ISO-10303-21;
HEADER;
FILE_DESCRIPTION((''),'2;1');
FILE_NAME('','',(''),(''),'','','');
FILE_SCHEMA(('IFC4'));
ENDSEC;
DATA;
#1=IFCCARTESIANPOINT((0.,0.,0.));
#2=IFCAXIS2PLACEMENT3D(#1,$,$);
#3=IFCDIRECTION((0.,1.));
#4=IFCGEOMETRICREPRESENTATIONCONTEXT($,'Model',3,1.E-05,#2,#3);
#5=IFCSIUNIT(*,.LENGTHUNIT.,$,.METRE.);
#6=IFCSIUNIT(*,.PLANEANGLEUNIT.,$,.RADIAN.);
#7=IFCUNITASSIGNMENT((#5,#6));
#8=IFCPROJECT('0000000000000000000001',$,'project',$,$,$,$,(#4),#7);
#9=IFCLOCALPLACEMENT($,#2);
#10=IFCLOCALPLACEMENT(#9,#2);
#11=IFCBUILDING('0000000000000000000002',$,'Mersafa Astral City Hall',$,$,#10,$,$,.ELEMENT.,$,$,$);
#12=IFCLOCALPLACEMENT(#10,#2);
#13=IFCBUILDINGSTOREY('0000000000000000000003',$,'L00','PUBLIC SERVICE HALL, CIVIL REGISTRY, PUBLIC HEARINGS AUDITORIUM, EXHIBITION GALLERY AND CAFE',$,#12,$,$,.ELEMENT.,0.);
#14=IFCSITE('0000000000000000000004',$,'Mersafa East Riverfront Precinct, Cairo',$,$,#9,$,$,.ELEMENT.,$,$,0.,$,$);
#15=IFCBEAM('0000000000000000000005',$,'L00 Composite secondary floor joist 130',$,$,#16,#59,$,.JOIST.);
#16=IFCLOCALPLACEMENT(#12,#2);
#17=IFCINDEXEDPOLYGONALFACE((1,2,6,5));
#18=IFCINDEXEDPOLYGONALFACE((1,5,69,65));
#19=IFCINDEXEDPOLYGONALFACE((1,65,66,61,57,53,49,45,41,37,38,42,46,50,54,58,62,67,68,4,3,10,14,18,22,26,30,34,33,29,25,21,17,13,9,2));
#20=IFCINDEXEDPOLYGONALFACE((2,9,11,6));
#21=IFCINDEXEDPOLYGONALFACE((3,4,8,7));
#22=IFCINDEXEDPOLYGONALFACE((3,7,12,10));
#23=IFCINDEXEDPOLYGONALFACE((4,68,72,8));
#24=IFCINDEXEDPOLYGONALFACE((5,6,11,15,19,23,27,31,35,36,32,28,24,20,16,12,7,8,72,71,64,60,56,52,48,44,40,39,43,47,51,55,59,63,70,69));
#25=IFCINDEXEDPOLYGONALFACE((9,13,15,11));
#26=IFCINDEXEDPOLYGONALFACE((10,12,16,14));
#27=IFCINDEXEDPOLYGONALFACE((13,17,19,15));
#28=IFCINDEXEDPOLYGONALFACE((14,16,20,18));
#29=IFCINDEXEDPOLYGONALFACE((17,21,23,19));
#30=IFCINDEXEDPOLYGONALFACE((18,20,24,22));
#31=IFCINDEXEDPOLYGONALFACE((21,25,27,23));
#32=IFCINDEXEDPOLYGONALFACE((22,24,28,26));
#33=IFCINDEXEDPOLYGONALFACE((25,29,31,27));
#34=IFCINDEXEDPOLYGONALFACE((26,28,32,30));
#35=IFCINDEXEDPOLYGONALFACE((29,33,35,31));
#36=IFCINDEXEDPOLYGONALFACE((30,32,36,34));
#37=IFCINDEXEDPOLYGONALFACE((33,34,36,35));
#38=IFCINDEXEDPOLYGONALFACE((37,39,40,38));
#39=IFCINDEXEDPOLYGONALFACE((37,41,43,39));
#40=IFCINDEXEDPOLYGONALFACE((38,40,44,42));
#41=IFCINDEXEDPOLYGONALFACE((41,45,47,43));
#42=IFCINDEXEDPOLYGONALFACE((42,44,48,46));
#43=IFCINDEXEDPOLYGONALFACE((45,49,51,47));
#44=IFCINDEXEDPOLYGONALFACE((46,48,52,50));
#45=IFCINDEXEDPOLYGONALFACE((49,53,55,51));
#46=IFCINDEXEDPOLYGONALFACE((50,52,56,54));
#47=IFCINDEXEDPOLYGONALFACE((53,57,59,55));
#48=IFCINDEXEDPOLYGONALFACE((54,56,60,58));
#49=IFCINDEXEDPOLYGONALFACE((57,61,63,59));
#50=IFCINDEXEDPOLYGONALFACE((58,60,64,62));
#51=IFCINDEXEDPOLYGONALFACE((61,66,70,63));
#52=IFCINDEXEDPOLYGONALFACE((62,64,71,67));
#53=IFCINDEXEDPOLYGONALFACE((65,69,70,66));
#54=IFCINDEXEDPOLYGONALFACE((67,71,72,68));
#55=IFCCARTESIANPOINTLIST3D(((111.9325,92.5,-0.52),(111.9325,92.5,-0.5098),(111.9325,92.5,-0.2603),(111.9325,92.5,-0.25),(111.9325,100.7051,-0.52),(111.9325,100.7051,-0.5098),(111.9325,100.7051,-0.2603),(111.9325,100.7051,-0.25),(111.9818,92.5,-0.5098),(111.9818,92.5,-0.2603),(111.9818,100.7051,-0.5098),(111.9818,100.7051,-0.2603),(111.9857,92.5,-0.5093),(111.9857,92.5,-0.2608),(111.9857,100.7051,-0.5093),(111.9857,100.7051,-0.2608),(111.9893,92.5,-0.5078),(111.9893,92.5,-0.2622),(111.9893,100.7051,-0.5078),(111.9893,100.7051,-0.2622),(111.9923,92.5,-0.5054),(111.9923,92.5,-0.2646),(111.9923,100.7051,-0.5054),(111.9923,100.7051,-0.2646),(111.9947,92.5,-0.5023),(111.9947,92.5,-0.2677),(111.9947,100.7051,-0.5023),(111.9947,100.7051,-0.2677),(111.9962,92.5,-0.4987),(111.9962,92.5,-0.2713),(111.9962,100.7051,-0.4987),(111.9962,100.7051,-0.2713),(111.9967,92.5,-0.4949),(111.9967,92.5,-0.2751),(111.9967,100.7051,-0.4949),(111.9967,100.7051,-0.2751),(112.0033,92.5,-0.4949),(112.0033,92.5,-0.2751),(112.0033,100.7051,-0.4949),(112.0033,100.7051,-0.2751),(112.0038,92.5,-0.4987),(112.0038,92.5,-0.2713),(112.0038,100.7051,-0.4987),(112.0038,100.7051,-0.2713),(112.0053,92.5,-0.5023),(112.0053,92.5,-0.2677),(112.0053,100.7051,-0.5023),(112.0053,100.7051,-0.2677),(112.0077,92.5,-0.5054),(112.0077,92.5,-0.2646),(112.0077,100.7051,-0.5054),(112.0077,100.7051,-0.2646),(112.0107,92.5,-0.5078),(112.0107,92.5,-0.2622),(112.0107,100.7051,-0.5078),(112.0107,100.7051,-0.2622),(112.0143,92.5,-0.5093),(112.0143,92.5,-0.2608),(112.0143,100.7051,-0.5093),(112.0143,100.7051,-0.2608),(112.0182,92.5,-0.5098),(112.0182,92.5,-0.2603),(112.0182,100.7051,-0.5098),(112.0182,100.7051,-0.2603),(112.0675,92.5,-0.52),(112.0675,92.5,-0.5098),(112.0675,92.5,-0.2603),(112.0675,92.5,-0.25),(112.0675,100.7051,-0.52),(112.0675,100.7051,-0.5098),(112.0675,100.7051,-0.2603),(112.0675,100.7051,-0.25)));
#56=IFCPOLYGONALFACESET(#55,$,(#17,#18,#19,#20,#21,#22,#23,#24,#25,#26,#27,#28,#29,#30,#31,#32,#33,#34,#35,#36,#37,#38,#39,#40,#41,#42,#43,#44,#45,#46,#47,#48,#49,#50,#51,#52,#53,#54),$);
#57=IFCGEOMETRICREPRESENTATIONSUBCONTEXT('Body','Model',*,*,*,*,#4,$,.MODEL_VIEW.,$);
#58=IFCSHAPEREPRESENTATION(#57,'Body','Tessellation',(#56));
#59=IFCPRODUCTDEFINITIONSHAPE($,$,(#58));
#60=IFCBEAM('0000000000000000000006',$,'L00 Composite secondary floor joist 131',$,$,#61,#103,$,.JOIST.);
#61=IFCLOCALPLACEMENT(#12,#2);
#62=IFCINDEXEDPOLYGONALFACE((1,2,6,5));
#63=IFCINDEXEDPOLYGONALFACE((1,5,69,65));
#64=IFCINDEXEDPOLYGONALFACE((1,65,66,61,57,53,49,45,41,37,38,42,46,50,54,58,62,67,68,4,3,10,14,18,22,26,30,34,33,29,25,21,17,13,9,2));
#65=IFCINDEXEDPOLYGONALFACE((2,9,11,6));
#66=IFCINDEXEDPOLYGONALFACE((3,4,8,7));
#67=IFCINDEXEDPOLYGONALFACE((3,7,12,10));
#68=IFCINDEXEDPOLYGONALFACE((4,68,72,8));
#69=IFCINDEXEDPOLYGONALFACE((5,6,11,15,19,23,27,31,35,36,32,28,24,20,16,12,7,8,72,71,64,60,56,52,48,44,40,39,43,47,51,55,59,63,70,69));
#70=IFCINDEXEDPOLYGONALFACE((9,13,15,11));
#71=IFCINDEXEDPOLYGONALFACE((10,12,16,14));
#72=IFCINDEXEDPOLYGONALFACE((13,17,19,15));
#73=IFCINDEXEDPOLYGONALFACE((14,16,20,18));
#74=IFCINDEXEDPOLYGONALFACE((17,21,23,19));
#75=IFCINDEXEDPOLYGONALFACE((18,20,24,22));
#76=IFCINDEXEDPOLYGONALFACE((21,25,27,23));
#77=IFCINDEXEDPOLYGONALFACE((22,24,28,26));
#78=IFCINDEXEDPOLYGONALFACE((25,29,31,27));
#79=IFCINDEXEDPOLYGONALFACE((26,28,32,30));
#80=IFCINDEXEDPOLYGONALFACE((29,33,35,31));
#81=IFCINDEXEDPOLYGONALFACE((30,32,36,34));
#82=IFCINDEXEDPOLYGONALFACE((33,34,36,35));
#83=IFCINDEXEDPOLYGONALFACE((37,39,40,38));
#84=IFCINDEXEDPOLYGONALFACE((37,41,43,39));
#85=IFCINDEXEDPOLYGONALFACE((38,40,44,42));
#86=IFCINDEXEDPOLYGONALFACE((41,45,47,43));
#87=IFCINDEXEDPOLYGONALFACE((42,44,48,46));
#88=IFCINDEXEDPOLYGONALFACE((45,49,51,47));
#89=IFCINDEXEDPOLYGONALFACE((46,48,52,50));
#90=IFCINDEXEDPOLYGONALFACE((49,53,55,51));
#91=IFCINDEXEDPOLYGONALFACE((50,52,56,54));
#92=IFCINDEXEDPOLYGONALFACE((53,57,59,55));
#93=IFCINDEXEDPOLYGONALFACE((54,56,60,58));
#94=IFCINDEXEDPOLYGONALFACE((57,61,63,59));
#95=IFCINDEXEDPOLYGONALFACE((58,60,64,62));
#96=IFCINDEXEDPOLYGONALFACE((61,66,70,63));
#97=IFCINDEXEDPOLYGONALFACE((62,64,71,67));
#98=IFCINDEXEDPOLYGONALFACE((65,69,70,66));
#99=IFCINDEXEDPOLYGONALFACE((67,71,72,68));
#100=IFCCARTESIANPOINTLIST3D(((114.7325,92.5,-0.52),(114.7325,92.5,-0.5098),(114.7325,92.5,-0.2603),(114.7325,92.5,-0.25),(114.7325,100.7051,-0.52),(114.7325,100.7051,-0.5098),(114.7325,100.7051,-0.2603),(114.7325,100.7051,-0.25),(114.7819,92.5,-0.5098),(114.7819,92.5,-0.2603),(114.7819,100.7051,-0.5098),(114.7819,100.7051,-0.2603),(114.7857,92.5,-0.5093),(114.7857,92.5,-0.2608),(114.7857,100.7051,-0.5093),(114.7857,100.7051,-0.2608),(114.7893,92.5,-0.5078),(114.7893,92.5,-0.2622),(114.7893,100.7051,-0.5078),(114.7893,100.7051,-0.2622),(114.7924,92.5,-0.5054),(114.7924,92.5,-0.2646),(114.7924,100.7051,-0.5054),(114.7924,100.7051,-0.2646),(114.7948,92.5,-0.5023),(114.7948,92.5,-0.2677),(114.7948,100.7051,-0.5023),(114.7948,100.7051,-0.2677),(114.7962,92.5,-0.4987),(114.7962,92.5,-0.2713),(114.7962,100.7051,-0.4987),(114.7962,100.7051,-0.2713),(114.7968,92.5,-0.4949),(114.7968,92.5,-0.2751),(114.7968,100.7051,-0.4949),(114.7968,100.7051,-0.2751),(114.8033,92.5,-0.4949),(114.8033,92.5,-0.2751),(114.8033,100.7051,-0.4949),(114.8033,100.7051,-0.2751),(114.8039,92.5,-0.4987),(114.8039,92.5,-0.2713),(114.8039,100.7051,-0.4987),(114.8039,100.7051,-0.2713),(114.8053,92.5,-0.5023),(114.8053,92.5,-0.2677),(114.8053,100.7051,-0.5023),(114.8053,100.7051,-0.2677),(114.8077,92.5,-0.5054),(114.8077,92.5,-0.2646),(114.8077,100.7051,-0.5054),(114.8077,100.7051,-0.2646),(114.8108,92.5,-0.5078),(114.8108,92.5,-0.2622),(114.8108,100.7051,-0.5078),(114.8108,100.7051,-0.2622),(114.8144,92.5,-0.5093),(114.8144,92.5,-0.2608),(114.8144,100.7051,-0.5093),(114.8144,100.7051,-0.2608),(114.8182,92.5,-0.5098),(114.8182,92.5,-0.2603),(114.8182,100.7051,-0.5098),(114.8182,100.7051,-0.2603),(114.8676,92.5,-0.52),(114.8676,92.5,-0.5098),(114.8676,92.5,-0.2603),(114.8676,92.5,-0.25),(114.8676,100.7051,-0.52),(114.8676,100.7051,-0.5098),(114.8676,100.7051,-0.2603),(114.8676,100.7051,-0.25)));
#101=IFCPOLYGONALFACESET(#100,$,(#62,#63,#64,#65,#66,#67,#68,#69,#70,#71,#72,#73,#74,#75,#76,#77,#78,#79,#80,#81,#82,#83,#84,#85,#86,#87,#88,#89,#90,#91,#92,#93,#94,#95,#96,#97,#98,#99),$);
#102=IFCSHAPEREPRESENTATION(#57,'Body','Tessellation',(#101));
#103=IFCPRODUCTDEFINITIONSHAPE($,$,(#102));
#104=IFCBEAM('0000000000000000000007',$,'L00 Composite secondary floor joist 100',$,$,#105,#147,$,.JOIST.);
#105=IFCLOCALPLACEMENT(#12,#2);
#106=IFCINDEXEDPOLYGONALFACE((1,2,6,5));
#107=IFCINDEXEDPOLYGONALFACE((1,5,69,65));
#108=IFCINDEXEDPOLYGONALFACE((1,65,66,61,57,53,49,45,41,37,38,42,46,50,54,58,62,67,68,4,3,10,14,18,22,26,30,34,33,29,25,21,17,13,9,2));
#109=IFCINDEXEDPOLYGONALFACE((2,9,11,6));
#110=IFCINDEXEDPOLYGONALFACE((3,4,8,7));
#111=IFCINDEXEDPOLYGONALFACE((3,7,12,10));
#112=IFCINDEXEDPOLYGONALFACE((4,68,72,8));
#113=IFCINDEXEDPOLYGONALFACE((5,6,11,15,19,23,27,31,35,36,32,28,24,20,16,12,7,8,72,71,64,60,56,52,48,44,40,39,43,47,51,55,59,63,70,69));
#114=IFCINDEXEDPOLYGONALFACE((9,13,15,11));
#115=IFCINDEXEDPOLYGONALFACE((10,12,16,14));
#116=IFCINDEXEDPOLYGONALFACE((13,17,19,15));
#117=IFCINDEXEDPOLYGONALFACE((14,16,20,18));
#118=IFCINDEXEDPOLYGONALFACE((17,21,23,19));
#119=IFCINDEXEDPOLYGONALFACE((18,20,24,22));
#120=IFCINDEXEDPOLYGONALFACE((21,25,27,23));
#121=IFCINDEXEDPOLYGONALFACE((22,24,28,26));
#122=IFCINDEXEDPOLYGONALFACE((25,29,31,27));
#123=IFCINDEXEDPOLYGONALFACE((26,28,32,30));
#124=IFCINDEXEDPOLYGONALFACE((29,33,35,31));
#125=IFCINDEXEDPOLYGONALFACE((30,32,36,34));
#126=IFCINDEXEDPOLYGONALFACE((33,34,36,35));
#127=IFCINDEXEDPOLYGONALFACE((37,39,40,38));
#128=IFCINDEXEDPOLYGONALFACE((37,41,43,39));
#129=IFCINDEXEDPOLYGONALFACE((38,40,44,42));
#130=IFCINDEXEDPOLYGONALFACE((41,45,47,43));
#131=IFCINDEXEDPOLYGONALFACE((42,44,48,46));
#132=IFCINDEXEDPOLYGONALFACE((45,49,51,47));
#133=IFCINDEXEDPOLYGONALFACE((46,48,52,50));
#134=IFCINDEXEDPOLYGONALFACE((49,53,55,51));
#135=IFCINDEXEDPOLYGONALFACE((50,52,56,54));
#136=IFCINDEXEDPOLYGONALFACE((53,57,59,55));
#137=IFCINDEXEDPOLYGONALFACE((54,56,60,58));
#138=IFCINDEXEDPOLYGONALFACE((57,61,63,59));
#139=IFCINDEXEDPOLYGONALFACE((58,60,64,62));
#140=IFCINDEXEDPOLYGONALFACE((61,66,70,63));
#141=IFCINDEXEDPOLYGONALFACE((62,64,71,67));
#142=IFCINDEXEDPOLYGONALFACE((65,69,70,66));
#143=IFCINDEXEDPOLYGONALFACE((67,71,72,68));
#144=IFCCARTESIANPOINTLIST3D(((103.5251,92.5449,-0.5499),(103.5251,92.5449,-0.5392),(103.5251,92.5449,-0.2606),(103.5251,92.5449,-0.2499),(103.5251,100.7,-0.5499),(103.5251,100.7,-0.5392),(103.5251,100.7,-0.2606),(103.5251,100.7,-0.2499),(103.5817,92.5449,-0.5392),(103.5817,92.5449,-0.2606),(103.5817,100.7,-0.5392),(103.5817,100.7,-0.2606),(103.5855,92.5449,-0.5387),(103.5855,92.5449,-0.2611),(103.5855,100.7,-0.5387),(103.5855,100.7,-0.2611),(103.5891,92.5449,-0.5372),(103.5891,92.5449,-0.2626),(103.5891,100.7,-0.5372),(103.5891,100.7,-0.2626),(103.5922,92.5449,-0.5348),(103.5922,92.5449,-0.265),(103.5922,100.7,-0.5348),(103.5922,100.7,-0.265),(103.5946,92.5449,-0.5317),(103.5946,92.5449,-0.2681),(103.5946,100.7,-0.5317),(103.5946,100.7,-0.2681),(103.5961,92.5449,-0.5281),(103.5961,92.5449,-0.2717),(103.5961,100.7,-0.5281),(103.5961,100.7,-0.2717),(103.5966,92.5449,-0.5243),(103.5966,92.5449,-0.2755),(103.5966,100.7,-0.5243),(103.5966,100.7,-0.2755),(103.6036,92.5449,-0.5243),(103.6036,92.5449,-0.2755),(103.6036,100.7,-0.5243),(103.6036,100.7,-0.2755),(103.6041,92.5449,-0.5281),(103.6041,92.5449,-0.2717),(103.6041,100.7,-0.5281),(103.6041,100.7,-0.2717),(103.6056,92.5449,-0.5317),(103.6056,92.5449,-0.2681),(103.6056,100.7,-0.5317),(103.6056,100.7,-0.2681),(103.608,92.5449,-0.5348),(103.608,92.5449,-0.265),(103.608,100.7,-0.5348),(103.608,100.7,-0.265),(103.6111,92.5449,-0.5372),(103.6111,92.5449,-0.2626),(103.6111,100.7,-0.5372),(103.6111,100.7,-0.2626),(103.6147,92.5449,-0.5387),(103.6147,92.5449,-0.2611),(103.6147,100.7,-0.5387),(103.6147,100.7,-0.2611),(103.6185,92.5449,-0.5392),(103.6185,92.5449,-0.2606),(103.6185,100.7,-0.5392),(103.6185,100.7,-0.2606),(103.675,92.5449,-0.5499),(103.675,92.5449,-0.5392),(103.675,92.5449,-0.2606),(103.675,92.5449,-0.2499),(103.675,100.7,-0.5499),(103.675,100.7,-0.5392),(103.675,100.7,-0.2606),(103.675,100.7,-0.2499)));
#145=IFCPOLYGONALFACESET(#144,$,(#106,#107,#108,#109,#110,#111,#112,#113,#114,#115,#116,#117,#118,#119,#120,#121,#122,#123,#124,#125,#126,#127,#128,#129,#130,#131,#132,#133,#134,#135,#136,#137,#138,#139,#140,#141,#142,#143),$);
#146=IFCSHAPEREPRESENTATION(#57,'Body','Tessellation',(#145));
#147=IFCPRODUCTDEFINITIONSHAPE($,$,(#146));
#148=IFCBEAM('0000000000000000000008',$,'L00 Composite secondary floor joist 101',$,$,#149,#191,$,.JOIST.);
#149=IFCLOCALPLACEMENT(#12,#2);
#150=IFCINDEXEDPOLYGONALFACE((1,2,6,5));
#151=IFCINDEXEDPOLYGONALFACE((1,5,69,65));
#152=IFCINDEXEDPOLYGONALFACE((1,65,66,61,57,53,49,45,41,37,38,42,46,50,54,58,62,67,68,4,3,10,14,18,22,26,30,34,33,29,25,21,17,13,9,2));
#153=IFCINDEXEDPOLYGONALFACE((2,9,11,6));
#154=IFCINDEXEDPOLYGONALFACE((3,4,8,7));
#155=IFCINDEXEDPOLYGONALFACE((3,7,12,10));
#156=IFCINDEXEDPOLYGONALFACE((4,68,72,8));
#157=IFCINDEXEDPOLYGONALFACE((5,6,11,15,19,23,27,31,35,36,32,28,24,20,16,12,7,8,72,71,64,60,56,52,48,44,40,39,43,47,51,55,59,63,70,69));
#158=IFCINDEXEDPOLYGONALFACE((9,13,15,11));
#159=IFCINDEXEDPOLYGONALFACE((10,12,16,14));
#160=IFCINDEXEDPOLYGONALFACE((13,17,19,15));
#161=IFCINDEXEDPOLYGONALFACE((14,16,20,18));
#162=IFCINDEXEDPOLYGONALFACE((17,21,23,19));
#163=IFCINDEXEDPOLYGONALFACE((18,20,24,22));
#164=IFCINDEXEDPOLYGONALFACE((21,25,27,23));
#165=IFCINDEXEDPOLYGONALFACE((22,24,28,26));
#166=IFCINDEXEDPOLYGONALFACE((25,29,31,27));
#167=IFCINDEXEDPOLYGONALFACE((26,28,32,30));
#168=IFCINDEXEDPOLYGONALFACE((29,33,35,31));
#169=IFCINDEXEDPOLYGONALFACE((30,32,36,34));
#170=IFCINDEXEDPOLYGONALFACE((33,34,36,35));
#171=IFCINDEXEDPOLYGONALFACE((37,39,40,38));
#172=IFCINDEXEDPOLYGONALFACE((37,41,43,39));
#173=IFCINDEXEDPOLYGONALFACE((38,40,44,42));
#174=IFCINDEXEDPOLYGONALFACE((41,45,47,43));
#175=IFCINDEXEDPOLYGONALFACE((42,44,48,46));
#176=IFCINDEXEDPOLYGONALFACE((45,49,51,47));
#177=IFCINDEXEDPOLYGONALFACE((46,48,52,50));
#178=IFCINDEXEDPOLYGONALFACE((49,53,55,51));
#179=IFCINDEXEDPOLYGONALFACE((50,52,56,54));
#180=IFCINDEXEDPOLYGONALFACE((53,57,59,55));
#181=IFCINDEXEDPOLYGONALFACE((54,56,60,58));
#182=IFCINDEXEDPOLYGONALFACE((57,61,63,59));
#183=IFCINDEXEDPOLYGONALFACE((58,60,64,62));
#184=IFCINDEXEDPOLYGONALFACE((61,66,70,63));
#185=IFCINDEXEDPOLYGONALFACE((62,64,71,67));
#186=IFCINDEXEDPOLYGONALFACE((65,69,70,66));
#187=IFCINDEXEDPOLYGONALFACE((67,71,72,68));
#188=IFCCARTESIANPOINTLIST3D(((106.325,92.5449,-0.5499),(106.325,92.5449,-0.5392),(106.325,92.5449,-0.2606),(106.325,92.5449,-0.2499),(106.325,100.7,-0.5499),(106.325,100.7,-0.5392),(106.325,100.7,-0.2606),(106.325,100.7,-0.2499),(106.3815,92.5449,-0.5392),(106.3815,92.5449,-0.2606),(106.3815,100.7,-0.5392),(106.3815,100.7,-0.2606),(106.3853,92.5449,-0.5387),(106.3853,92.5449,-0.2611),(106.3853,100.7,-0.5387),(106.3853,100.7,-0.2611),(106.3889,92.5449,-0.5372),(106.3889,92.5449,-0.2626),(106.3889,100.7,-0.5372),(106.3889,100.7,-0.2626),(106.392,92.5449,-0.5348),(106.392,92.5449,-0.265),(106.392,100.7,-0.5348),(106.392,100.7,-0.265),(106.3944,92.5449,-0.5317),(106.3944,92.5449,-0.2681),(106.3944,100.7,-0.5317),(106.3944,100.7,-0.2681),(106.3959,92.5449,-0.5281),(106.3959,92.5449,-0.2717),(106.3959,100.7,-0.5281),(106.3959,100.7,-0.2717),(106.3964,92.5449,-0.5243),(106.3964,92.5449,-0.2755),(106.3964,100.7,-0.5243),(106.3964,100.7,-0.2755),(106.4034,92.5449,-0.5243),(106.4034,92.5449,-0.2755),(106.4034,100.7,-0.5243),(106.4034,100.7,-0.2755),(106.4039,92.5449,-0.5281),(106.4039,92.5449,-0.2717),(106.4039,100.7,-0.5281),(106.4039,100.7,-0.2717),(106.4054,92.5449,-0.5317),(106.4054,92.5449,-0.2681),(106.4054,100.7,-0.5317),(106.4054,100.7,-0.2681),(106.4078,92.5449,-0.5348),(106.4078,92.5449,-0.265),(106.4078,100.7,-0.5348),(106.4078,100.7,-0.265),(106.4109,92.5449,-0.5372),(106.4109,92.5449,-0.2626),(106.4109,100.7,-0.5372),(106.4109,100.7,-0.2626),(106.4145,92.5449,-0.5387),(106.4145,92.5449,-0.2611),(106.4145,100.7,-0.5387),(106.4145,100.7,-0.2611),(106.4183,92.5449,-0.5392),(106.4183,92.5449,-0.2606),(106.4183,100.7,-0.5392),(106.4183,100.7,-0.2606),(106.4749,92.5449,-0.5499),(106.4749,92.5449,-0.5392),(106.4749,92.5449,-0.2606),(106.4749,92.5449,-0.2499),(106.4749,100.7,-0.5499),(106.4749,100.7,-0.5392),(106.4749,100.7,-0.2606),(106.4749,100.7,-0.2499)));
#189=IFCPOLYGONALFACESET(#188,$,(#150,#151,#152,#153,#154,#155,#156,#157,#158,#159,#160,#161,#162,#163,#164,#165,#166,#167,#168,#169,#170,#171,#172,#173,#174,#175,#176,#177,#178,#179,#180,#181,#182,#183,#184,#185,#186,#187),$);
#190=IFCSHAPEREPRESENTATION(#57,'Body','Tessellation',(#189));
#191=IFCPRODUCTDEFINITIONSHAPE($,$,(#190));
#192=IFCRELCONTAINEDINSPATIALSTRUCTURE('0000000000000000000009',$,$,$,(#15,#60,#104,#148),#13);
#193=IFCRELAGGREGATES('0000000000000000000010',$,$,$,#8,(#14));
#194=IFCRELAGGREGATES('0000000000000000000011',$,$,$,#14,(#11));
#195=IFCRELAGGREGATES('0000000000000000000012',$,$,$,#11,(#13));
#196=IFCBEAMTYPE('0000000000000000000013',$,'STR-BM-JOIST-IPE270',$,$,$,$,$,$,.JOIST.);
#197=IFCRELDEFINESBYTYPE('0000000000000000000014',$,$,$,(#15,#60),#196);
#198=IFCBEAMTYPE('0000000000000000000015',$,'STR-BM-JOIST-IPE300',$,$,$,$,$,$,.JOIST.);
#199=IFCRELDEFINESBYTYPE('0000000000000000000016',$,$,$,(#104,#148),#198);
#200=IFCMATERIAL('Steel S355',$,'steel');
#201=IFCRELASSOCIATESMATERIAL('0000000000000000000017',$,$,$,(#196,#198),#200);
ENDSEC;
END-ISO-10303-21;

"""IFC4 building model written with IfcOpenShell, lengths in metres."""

from ifc_helpers import new_model, si_unit, direction, frame, origin, origin_2d, place, context, subcontext, project, spatial, i_section, extrude, material, material_profile, profile_set, type_object, element, save


model = new_model("IFC4")

# Units and contexts
model_context = context("Model", 3, precision=1e-05, world=origin(), true_north=direction((0.0, 1.0)))
body_context = subcontext(model_context, "Body", "Model", "MODEL_VIEW")
ifc_project = project(units=[si_unit("LENGTHUNIT", "METRE"), si_unit("PLANEANGLEUNIT", "RADIAN")], contexts=[model_context])

# Site, building, storey
site_placement = place(None, origin())
site = spatial("IfcSite", under=ifc_project, at=site_placement, Name="Mersafa East Riverfront Precinct, Cairo", CompositionType="ELEMENT", RefElevation=0.0)
building_placement = place(site_placement, origin())
building = spatial("IfcBuilding", under=site, at=building_placement, Name="Mersafa Astral City Hall", CompositionType="ELEMENT")
storey_placement = place(building_placement, origin())
storey = spatial("IfcBuildingStorey", under=building, at=storey_placement, Name="L00", Description="PUBLIC SERVICE HALL, CIVIL REGISTRY, PUBLIC HEARINGS AUDITORIUM, EXHIBITION GALLERY AND CAFE", CompositionType="ELEMENT", Elevation=0.0)

# Shared definitions
ifc_material_1 = material(Name="Steel S355", Category="steel")

# Beams
ifc_material_profile_1 = material_profile(ifc_material_1, i_section(OverallWidth=0.135, OverallDepth=0.27, WebThickness=0.0066, FlangeThickness=0.0103, FilletRadius=0.0149, at=origin_2d()), Name="IPE 270")
ifc_profile_set_1 = profile_set([ifc_material_profile_1], Name="Steel S355")
beam_type_1 = type_object("IfcBeamType", Name="STR-BM-JOIST-IPE270", PredefinedType="JOIST", material=ifc_profile_set_1)
for number, where, z_axis, x_axis, name in (
    (1, (112.0, 92.5, -0.385), (0.0, 1.0, 0.0), (-1.0, 0.0, 0.0), "L00 Composite secondary floor joist 130"),
    (2, (114.8, 92.5, -0.385), (0.0, 1.0, 0.0), (-1.0, 0.0, 0.0), "L00 Composite secondary floor joist 131"),
):
    element("IfcBeam", number, at=place(storey_placement, frame(where, z_axis=z_axis, x_axis=x_axis)), inside=storey, type_object=beam_type_1, Name=name, PredefinedType="JOIST", context=body_context, shape_type="SweptSolid", body=[
        extrude(i_section(OverallWidth=0.135, OverallDepth=0.27, WebThickness=0.0066, FlangeThickness=0.0103, FilletRadius=0.0149, at=origin_2d()), origin(), (0.0, 0.0, 1.0), 8.2051),
    ])
ifc_material_profile_2 = material_profile(ifc_material_1, i_section(OverallWidth=0.1499, OverallDepth=0.3, WebThickness=0.0071, FlangeThickness=0.0107, FilletRadius=0.0149, at=origin_2d()), Name="IPE 300")
ifc_profile_set_2 = profile_set([ifc_material_profile_2], Name="Steel S355")
beam_type_2 = type_object("IfcBeamType", Name="STR-BM-JOIST-IPE300", PredefinedType="JOIST", material=ifc_profile_set_2)
for number, where, z_axis, x_axis, name in (
    (3, (103.6001, 92.5449, -0.3999), (0.0, 1.0, 0.0), (-1.0, 0.0, 0.0), "L00 Composite secondary floor joist 100"),
    (4, (106.3999, 92.5449, -0.3999), (0.0, 1.0, 0.0), (-1.0, 0.0, 0.0), "L00 Composite secondary floor joist 101"),
):
    element("IfcBeam", number, at=place(storey_placement, frame(where, z_axis=z_axis, x_axis=x_axis)), inside=storey, type_object=beam_type_2, Name=name, PredefinedType="JOIST", context=body_context, shape_type="SweptSolid", body=[
        extrude(i_section(OverallWidth=0.1499, OverallDepth=0.3, WebThickness=0.0071, FlangeThickness=0.0107, FilletRadius=0.0149, at=origin_2d()), origin(), (0.0, 0.0, 1.0), 8.155),
    ])

save(model, "model.ifc")
